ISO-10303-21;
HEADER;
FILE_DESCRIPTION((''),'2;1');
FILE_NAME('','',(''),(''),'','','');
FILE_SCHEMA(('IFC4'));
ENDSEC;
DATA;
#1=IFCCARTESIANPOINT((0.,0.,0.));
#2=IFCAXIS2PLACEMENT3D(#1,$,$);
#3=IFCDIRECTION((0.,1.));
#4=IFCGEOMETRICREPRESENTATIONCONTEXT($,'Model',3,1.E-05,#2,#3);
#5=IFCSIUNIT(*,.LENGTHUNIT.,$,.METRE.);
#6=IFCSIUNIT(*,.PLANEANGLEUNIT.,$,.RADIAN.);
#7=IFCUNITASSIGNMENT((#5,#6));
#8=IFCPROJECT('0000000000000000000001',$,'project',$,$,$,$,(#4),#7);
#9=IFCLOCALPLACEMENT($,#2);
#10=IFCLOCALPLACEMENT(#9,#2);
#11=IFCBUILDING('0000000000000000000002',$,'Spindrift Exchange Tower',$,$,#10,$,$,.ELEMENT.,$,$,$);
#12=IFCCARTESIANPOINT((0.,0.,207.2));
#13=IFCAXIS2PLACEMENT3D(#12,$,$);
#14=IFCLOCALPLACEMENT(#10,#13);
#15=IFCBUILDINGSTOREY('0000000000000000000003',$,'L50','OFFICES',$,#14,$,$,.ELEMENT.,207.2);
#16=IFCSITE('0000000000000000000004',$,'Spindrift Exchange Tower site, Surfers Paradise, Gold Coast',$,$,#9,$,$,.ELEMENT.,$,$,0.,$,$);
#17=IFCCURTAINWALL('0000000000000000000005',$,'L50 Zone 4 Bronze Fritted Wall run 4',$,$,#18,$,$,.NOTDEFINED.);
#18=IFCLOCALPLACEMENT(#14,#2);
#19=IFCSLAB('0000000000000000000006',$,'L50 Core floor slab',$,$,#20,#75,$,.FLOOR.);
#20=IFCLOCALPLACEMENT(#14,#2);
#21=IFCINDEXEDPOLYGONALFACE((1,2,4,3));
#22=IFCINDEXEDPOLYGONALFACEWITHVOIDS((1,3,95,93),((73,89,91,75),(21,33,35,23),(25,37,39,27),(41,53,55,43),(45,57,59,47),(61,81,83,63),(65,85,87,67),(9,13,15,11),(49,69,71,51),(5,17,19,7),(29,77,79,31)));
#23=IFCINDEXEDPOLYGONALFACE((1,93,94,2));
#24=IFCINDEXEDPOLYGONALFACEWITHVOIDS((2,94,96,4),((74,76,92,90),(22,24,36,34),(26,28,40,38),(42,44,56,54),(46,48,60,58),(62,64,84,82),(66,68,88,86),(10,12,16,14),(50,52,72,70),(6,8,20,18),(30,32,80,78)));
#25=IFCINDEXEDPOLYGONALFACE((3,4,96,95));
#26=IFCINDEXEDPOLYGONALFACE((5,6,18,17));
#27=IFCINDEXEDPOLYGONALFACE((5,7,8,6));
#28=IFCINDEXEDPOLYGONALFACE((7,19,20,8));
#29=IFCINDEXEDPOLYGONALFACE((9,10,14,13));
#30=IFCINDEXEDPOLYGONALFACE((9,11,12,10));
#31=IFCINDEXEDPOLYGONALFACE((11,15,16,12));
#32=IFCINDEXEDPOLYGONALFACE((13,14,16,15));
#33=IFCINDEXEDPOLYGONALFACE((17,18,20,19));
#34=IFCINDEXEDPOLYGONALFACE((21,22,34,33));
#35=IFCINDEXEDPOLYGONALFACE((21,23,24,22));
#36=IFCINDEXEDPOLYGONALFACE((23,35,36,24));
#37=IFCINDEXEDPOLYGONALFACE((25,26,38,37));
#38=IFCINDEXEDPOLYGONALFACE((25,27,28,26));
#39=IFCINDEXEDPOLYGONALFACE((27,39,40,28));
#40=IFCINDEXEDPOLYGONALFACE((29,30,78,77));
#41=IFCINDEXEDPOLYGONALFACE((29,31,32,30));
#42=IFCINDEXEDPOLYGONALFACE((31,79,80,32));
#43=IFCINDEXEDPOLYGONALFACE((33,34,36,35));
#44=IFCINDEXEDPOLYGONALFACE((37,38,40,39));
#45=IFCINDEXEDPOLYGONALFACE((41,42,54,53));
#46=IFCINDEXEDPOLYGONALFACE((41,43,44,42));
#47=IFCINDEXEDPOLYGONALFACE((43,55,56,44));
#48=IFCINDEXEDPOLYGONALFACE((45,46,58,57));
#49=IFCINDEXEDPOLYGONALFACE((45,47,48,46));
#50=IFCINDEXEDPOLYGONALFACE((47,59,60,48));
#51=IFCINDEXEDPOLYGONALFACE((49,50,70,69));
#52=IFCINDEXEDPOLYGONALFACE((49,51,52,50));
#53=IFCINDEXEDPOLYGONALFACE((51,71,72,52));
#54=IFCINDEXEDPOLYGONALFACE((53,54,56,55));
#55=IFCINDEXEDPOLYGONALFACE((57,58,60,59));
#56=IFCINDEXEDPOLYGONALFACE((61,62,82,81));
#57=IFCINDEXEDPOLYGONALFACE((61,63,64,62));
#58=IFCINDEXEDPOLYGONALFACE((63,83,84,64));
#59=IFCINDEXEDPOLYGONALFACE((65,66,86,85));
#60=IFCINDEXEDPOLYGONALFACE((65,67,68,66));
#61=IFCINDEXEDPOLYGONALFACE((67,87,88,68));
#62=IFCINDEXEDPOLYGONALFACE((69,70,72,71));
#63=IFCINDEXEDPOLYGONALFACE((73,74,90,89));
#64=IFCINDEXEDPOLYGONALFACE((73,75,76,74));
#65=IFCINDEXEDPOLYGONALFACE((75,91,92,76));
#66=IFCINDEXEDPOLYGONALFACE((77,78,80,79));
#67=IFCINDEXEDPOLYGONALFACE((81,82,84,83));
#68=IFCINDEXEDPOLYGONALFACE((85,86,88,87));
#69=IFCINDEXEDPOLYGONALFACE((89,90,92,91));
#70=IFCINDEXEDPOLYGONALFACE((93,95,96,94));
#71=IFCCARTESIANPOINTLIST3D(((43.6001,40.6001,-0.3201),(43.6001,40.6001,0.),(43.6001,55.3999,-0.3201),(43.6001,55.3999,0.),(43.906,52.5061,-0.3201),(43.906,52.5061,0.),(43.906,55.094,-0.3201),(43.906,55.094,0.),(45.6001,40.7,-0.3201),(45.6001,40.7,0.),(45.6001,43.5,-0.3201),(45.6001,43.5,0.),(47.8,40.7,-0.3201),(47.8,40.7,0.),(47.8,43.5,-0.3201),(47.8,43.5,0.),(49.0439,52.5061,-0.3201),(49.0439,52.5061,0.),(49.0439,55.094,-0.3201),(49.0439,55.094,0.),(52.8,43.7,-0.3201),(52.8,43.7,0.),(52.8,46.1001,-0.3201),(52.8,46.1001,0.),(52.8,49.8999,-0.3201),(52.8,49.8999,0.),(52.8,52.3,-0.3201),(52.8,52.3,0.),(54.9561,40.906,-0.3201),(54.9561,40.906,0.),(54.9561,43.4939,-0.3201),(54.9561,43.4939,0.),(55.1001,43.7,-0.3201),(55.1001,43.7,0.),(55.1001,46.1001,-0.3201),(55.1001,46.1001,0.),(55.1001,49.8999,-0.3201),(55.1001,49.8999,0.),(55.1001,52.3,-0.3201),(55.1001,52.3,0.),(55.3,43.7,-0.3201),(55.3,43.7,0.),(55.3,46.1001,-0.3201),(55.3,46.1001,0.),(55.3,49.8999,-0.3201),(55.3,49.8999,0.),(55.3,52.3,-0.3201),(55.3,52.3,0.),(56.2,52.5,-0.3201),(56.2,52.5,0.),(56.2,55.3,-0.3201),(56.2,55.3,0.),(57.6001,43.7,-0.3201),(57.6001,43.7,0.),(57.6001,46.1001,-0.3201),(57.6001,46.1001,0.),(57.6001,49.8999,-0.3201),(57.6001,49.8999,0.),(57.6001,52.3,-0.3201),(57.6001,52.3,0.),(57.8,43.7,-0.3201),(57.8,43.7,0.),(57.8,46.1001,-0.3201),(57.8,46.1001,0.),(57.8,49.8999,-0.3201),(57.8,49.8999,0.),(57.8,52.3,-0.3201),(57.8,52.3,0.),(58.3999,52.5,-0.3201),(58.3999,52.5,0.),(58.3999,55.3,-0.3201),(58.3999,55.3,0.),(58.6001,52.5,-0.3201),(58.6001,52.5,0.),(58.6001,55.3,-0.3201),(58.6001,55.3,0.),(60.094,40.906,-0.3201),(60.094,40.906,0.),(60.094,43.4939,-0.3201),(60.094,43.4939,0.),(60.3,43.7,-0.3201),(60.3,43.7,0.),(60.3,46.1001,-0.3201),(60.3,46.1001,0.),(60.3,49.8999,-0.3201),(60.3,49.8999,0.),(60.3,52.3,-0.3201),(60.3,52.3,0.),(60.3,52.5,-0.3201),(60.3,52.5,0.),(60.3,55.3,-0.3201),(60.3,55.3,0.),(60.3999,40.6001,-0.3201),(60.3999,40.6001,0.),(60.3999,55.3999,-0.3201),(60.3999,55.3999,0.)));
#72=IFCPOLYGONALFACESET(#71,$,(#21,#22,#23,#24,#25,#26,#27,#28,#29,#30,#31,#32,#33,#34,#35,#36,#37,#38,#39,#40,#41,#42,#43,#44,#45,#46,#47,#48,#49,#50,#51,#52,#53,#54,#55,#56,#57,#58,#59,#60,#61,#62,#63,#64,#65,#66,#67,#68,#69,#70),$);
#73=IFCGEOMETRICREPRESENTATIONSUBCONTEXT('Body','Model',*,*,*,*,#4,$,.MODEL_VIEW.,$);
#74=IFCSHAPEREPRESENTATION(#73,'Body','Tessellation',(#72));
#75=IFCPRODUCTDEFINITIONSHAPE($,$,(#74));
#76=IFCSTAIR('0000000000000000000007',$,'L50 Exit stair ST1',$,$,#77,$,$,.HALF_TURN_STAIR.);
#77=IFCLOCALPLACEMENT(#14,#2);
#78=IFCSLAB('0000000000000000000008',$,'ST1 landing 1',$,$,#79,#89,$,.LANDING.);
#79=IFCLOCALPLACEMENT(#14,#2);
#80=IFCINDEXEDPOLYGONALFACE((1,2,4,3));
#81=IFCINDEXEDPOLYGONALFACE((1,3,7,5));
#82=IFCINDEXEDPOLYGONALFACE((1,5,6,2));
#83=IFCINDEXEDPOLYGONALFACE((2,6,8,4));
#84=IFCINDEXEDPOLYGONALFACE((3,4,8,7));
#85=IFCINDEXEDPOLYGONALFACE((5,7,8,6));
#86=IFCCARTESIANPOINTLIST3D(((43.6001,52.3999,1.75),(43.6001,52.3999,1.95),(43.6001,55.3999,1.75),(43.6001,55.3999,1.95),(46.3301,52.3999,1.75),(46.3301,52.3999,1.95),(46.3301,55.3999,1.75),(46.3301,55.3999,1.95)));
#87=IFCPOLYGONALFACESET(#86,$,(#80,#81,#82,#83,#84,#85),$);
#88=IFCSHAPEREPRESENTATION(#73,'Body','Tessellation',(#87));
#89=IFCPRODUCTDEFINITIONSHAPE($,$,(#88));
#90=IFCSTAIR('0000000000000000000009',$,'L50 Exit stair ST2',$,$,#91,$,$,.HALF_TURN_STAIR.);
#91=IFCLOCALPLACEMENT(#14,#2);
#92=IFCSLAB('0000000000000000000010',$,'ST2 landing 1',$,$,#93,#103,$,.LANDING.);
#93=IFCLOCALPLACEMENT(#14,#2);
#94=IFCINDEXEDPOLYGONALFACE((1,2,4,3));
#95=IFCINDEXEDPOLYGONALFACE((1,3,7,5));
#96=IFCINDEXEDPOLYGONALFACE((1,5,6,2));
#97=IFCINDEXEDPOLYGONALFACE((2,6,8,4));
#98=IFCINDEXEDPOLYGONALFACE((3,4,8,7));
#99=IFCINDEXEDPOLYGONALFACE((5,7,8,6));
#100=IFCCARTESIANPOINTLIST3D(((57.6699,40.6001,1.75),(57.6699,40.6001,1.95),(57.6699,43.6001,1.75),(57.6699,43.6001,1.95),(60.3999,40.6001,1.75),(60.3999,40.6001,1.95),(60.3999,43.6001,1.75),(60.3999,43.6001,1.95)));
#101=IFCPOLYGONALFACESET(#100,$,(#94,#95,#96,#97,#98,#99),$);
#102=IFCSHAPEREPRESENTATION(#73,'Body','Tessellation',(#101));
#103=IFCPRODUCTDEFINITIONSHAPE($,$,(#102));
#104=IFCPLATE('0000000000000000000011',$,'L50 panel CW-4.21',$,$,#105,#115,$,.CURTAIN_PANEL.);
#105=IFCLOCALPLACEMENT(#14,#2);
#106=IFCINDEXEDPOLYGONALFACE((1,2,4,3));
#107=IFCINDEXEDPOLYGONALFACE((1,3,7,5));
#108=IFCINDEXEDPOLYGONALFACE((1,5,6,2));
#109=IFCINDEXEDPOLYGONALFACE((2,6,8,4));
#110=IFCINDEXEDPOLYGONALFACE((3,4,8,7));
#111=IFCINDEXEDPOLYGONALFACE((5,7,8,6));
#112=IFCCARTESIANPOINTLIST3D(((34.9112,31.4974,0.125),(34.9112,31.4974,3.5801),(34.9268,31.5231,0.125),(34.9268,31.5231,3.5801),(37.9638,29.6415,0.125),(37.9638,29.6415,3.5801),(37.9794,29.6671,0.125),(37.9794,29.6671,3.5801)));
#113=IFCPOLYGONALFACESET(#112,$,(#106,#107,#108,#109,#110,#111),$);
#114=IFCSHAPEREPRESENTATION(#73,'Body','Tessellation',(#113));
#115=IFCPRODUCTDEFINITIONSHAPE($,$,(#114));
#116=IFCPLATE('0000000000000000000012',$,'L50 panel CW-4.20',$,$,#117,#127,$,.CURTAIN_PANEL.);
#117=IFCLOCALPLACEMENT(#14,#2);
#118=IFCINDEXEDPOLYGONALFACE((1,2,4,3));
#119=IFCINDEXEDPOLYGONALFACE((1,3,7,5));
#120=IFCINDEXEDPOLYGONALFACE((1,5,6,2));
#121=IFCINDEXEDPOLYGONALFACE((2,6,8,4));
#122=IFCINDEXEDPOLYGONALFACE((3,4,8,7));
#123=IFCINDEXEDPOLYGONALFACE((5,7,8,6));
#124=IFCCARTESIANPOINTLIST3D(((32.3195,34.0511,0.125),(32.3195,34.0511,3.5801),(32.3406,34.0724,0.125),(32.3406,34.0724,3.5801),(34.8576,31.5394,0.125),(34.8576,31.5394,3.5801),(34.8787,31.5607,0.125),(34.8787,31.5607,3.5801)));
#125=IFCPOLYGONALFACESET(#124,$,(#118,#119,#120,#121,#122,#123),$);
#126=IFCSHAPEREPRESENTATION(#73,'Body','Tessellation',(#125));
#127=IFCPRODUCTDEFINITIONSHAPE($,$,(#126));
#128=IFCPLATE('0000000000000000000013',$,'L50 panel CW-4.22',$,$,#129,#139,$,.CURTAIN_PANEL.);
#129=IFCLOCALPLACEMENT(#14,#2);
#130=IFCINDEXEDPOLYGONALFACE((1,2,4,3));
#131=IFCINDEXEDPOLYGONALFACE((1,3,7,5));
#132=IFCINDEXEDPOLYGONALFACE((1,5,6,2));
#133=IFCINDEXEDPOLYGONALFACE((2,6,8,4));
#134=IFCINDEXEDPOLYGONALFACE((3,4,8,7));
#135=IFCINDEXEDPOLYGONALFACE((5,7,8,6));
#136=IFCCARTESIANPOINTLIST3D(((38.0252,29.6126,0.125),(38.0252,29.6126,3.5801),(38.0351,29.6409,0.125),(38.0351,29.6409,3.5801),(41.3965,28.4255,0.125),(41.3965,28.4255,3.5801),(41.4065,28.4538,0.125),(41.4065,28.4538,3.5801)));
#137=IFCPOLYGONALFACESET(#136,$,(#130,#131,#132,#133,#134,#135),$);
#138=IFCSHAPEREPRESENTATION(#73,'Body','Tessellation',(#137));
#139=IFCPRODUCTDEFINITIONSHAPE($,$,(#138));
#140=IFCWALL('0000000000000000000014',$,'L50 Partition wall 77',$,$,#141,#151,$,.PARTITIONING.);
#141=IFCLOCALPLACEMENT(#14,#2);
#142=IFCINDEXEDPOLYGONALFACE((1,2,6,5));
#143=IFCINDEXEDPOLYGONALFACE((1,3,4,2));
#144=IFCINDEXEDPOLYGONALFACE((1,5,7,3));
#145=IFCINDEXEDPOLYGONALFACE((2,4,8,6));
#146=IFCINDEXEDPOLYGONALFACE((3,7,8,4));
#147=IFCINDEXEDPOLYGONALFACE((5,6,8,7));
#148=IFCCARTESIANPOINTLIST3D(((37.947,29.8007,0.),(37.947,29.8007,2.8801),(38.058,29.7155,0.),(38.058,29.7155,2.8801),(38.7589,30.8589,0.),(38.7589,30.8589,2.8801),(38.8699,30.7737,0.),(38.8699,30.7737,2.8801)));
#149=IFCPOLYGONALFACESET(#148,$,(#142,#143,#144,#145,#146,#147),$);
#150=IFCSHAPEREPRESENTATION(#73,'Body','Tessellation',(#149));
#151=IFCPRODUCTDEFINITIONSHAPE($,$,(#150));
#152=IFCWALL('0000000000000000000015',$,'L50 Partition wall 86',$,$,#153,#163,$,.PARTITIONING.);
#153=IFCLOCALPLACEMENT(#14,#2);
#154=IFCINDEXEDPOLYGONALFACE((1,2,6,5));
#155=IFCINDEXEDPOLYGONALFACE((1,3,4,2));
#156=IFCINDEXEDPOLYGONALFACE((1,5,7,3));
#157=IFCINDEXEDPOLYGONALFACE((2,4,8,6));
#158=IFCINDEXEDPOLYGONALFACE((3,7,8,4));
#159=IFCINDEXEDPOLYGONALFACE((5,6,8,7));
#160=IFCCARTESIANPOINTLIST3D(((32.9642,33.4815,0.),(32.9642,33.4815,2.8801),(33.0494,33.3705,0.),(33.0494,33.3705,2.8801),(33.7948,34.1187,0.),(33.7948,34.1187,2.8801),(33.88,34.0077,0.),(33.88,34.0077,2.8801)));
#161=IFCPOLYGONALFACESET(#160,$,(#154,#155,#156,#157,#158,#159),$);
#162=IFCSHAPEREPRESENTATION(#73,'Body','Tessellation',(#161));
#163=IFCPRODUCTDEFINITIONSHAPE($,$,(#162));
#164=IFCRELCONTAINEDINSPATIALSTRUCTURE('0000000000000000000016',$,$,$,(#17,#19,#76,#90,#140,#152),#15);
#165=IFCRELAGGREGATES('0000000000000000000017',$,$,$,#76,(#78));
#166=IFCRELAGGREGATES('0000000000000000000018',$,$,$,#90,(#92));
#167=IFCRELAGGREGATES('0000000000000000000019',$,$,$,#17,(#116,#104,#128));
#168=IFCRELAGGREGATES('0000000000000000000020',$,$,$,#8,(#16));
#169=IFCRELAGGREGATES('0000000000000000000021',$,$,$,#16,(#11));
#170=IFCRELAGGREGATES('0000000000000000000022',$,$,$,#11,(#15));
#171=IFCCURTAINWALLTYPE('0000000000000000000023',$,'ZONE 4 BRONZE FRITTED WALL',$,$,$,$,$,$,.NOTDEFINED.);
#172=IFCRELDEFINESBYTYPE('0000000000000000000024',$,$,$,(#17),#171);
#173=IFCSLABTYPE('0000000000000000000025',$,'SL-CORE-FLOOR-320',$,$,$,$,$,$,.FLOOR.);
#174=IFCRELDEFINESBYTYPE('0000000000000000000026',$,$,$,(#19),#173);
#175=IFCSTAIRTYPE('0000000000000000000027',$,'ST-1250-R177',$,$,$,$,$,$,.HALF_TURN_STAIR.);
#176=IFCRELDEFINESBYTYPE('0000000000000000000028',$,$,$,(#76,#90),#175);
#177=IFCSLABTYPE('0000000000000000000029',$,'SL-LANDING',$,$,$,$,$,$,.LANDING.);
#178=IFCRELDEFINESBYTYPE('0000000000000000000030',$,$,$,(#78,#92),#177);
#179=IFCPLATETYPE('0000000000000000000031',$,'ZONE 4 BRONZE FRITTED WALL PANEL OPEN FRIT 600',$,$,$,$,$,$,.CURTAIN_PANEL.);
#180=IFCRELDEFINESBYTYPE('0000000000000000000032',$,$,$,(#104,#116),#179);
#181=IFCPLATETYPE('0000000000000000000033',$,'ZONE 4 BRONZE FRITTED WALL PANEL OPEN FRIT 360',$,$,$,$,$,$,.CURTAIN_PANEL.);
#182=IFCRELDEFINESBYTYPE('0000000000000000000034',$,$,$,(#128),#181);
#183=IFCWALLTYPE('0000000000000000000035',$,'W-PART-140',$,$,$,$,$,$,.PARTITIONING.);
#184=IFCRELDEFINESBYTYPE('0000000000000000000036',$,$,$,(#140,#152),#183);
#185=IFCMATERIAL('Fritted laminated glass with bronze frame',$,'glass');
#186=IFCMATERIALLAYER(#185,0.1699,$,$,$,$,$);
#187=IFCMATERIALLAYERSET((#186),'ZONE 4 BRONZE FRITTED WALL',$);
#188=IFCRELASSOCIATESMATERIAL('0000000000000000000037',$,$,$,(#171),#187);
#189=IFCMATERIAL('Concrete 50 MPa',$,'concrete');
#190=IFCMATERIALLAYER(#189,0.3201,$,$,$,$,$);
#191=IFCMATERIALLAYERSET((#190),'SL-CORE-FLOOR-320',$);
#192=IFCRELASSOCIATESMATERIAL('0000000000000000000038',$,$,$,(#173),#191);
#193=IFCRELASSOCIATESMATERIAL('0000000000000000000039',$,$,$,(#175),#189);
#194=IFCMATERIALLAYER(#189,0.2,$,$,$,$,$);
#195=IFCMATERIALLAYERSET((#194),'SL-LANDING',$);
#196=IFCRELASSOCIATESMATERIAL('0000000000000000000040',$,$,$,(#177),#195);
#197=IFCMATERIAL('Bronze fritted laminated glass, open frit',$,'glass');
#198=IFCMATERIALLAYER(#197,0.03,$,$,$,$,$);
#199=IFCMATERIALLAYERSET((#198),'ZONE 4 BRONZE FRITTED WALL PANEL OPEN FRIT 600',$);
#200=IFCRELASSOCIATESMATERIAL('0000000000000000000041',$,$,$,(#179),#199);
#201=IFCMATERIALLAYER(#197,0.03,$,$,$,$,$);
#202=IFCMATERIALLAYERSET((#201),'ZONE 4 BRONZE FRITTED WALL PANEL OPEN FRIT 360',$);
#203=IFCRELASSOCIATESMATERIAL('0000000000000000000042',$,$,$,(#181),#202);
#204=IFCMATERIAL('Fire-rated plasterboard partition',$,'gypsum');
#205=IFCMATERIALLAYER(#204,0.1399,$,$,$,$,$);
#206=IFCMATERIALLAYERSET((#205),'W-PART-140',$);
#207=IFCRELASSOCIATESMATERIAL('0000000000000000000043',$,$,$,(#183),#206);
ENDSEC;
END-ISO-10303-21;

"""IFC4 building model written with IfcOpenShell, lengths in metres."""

from ifc_helpers import new_model, si_unit, direction, frame, frame_2d, origin, origin_2d, place, context, subcontext, project, spatial, line, indexed_curve, rectangle, outline, extrude, source, transform, mapped, material, layer, layer_set, type_object, element, aggregate, save


model = new_model("IFC4")

# Units and contexts
model_context = context("Model", 3, precision=1e-05, world=origin(), true_north=direction((0.0, 1.0)))
body_context = subcontext(model_context, "Body", "Model", "MODEL_VIEW")
ifc_project = project(units=[si_unit("LENGTHUNIT", "METRE"), si_unit("PLANEANGLEUNIT", "RADIAN")], contexts=[model_context])

# Site, building, storey
site_placement = place(None, origin())
site = spatial("IfcSite", under=ifc_project, at=site_placement, Name="Spindrift Exchange Tower site, Surfers Paradise, Gold Coast", CompositionType="ELEMENT", RefElevation=0.0)
building_placement = place(site_placement, origin())
building = spatial("IfcBuilding", under=site, at=building_placement, Name="Spindrift Exchange Tower", CompositionType="ELEMENT")
storey_placement = place(building_placement, frame((0.0, 0.0, 207.2)))
storey = spatial("IfcBuildingStorey", under=building, at=storey_placement, Name="L50", Description="OFFICES", CompositionType="ELEMENT", Elevation=207.2)

# Shared definitions
ifc_material_1 = material(Name="Concrete 50 MPa", Category="concrete")

# Curtain wall
ifc_material_2 = material(Name="Fritted laminated glass with bronze frame", Category="glass")
ifc_layer_1 = layer(ifc_material_2, 0.1699)
ifc_layer_set_1 = layer_set([ifc_layer_1], Name="ZONE 4 BRONZE FRITTED WALL")
curtain_wall_type = type_object("IfcCurtainWallType", Name="ZONE 4 BRONZE FRITTED WALL", PredefinedType="NOTDEFINED", material=ifc_layer_set_1)
curtain_wall_placement = place(storey_placement, origin())
curtain_wall = element("IfcCurtainWall", 1, at=curtain_wall_placement, inside=storey, type_object=curtain_wall_type, Name="L50 Zone 4 Bronze Fritted Wall run 4", PredefinedType="NOTDEFINED")

# Slab
ifc_layer_2 = layer(ifc_material_1, 0.3201)
ifc_layer_set_2 = layer_set([ifc_layer_2], Name="SL-CORE-FLOOR-320")
slab_type_1 = type_object("IfcSlabType", Name="SL-CORE-FLOOR-320", PredefinedType="FLOOR", material=ifc_layer_set_2)
slab_1_placement = place(storey_placement, frame((0.0, 0.0, -0.3201)))
element("IfcSlab", 2, at=slab_1_placement, inside=storey, type_object=slab_type_1, Name="L50 Core floor slab", PredefinedType="FLOOR", context=body_context, shape_type="SweptSolid", body=[
    extrude(outline(indexed_curve([(43.6001, 40.6001), (43.6001, 55.3999), (60.3999, 55.3999), (60.3999, 40.6001)], segments=[line(1, 2, 3, 4, 1)], self_intersect=False), holes=[indexed_curve([(45.6001, 43.5), (45.6001, 40.7), (47.8, 40.7), (47.8, 43.5)], segments=[line(1, 2, 3, 4, 1)], self_intersect=False), indexed_curve([(52.8, 46.1001), (52.8, 43.7), (55.1001, 43.7), (55.1001, 46.1001)], segments=[line(1, 2, 3, 4, 1)], self_intersect=False), indexed_curve([(55.3, 46.1001), (55.3, 43.7), (57.6001, 43.7), (57.6001, 46.1001)], segments=[line(1, 2, 3, 4, 1)], self_intersect=False), indexed_curve([(55.1001, 52.3), (52.8, 52.3), (52.8, 49.8999), (55.1001, 49.8999)], segments=[line(1, 2, 3, 4, 1)], self_intersect=False), indexed_curve([(57.6001, 52.3), (55.3, 52.3), (55.3, 49.8999), (57.6001, 49.8999)], segments=[line(1, 2, 3, 4, 1)], self_intersect=False), indexed_curve([(43.906, 52.5061), (49.0439, 52.5061), (49.0439, 55.094), (43.906, 55.094)], segments=[line(1, 2, 3, 4, 1)], self_intersect=False), indexed_curve([(60.094, 40.906), (60.094, 43.4939), (54.9561, 43.4939), (54.9561, 40.906)], segments=[line(1, 2, 3, 4, 1)], self_intersect=False), indexed_curve([(60.3, 46.1001), (57.8, 46.1001), (57.8, 43.7), (60.3, 43.7)], segments=[line(1, 2, 3, 4, 1)], self_intersect=False), indexed_curve([(57.8, 52.3), (57.8, 49.8999), (60.3, 49.8999), (60.3, 52.3)], segments=[line(1, 2, 3, 4, 1)], self_intersect=False), indexed_curve([(58.3999, 55.3), (56.2, 55.3), (56.2, 52.5), (58.3999, 52.5)], segments=[line(1, 2, 3, 4, 1)], self_intersect=False), indexed_curve([(60.3, 55.3), (58.6001, 55.3), (58.6001, 52.5), (60.3, 52.5)], segments=[line(1, 2, 3, 4, 1)], self_intersect=False)]), origin(), (0.0, 0.0, 1.0), 0.3201),
])

# Stairs, slabs
stair_type = type_object("IfcStairType", Name="ST-1250-R177", PredefinedType="HALF_TURN_STAIR", material=ifc_material_1)
stair_1_placement = place(storey_placement, origin())
stair_1 = element("IfcStair", 3, at=stair_1_placement, inside=storey, type_object=stair_type, Name="L50 Exit stair ST1", PredefinedType="HALF_TURN_STAIR")
ifc_layer_3 = layer(ifc_material_1, 0.2)
ifc_layer_set_3 = layer_set([ifc_layer_3], Name="SL-LANDING")
slab_type_2 = type_object("IfcSlabType", Name="SL-LANDING", PredefinedType="LANDING", material=ifc_layer_set_3)
slab_2_placement = place(storey_placement, frame((0.0, 0.0, 1.75)))
slab_2 = element("IfcSlab", 4, at=slab_2_placement, type_object=slab_type_2, Name="ST1 landing 1", PredefinedType="LANDING", context=body_context, shape_type="SweptSolid", body=[
    extrude(outline(indexed_curve([(46.3301, 52.3999), (43.6001, 52.3999), (43.6001, 55.3999), (46.3301, 55.3999)], segments=[line(1, 2, 3, 4, 1)], self_intersect=False)), origin(), (0.0, 0.0, 1.0), 0.2),
])
aggregate(stair_1, [slab_2])
stair_2_placement = place(storey_placement, origin())
stair_2 = element("IfcStair", 5, at=stair_2_placement, inside=storey, type_object=stair_type, Name="L50 Exit stair ST2", PredefinedType="HALF_TURN_STAIR")
slab_3_placement = place(storey_placement, frame((0.0, 0.0, 1.75)))
slab_3 = element("IfcSlab", 6, at=slab_3_placement, type_object=slab_type_2, Name="ST2 landing 1", PredefinedType="LANDING", context=body_context, shape_type="SweptSolid", body=[
    extrude(outline(indexed_curve([(57.6699, 43.6001), (60.3999, 43.6001), (60.3999, 40.6001), (57.6699, 40.6001)], segments=[line(1, 2, 3, 4, 1)], self_intersect=False)), origin(), (0.0, 0.0, 1.0), 0.2),
])
aggregate(stair_2, [slab_3])

# Plates
ifc_material_3 = material(Name="Bronze fritted laminated glass, open frit", Category="glass")
ifc_layer_4 = layer(ifc_material_3, 0.03)
ifc_layer_set_4 = layer_set([ifc_layer_4], Name="ZONE 4 BRONZE FRITTED WALL PANEL OPEN FRIT 600")
plate_type_1 = type_object("IfcPlateType", Name="ZONE 4 BRONZE FRITTED WALL PANEL OPEN FRIT 600", PredefinedType="CURTAIN_PANEL", material=ifc_layer_set_4)
shared_shape_1 = source(origin(), body_context, "Body", "SweptSolid", [
    extrude(rectangle(XDim=3.5725, YDim=0.03, at=origin_2d()), origin(), (0.0, 0.0, 1.0), 3.4551),
])
plate_1_placement = place(storey_placement, frame((36.4453, 30.5823, 0.125), z_axis=(0.0, 0.0, 1.0), x_axis=(0.854465, -0.519509, 0.0)))
plate_1 = element("IfcPlate", 7, at=plate_1_placement, type_object=plate_type_1, Name="L50 panel CW-4.21", PredefinedType="CURTAIN_PANEL", context=body_context, shape_type="MappedRepresentation", body=[
    mapped(shared_shape_1, transform((0.0, 0.0, 0.0), scale=1.0)),
])
shared_shape_2 = source(origin(), body_context, "Body", "SweptSolid", [
    extrude(rectangle(XDim=3.5708, YDim=0.03, at=origin_2d()), origin(), (0.0, 0.0, 1.0), 3.4551),
])
plate_2_placement = place(storey_placement, frame((33.5991, 32.8059, 0.125), z_axis=(0.0, 0.0, 1.0), x_axis=(0.710797, -0.703397, 0.0)))
plate_2 = element("IfcPlate", 8, at=plate_2_placement, type_object=plate_type_1, Name="L50 panel CW-4.20", PredefinedType="CURTAIN_PANEL", context=body_context, shape_type="MappedRepresentation", body=[
    mapped(shared_shape_2, transform((0.0, 0.0, 0.0), scale=1.0)),
])
ifc_layer_5 = layer(ifc_material_3, 0.03)
ifc_layer_set_5 = layer_set([ifc_layer_5], Name="ZONE 4 BRONZE FRITTED WALL PANEL OPEN FRIT 360")
plate_type_2 = type_object("IfcPlateType", Name="ZONE 4 BRONZE FRITTED WALL PANEL OPEN FRIT 360", PredefinedType="CURTAIN_PANEL", material=ifc_layer_set_5)
shared_shape_3 = source(origin(), body_context, "Body", "SweptSolid", [
    extrude(rectangle(XDim=3.5742, YDim=0.03, at=origin_2d()), origin(), (0.0, 0.0, 1.0), 3.4551),
])
plate_3_placement = place(storey_placement, frame((39.7158, 29.0332, 0.125), z_axis=(0.0, 0.0, 1.0), x_axis=(0.943241, -0.33211, 0.0)))
plate_3 = element("IfcPlate", 9, at=plate_3_placement, type_object=plate_type_2, Name="L50 panel CW-4.22", PredefinedType="CURTAIN_PANEL", context=body_context, shape_type="MappedRepresentation", body=[
    mapped(shared_shape_3, transform((0.0, 0.0, 0.0), scale=1.0)),
])
aggregate(curtain_wall, [plate_2, plate_1, plate_3])

# Walls
ifc_material_4 = material(Name="Fire-rated plasterboard partition", Category="gypsum")
ifc_layer_6 = layer(ifc_material_4, 0.1399)
ifc_layer_set_6 = layer_set([ifc_layer_6], Name="W-PART-140")
wall_type = type_object("IfcWallType", Name="W-PART-140", PredefinedType="PARTITIONING", material=ifc_layer_set_6)
wall_1_placement = place(storey_placement, frame((38.8145, 30.8164, 0.0), z_axis=(0.0, 0.0, 1.0), x_axis=(-0.608693, -0.793406, 0.0)))
element("IfcWall", 10, at=wall_1_placement, inside=storey, type_object=wall_type, Name="L50 Partition wall 77", PredefinedType="PARTITIONING", context=body_context, shape_type="SweptSolid", body=[
    extrude(rectangle(XDim=1.3337, YDim=0.1399, at=frame_2d((0.667, 0.0))), origin(), (0.0, 0.0, 1.0), 2.8801),
])
wall_2_placement = place(storey_placement, frame((33.8374, 34.0632, 0.0), z_axis=(0.0, 0.0, 1.0), x_axis=(-0.793404, -0.608696, 0.0)))
element("IfcWall", 11, at=wall_2_placement, inside=storey, type_object=wall_type, Name="L50 Partition wall 86", PredefinedType="PARTITIONING", context=body_context, shape_type="SweptSolid", body=[
    extrude(rectangle(XDim=1.0469, YDim=0.1399, at=frame_2d((0.5234, 0.0))), origin(), (0.0, 0.0, 1.0), 2.8801),
])

save(model, "model.ifc")
